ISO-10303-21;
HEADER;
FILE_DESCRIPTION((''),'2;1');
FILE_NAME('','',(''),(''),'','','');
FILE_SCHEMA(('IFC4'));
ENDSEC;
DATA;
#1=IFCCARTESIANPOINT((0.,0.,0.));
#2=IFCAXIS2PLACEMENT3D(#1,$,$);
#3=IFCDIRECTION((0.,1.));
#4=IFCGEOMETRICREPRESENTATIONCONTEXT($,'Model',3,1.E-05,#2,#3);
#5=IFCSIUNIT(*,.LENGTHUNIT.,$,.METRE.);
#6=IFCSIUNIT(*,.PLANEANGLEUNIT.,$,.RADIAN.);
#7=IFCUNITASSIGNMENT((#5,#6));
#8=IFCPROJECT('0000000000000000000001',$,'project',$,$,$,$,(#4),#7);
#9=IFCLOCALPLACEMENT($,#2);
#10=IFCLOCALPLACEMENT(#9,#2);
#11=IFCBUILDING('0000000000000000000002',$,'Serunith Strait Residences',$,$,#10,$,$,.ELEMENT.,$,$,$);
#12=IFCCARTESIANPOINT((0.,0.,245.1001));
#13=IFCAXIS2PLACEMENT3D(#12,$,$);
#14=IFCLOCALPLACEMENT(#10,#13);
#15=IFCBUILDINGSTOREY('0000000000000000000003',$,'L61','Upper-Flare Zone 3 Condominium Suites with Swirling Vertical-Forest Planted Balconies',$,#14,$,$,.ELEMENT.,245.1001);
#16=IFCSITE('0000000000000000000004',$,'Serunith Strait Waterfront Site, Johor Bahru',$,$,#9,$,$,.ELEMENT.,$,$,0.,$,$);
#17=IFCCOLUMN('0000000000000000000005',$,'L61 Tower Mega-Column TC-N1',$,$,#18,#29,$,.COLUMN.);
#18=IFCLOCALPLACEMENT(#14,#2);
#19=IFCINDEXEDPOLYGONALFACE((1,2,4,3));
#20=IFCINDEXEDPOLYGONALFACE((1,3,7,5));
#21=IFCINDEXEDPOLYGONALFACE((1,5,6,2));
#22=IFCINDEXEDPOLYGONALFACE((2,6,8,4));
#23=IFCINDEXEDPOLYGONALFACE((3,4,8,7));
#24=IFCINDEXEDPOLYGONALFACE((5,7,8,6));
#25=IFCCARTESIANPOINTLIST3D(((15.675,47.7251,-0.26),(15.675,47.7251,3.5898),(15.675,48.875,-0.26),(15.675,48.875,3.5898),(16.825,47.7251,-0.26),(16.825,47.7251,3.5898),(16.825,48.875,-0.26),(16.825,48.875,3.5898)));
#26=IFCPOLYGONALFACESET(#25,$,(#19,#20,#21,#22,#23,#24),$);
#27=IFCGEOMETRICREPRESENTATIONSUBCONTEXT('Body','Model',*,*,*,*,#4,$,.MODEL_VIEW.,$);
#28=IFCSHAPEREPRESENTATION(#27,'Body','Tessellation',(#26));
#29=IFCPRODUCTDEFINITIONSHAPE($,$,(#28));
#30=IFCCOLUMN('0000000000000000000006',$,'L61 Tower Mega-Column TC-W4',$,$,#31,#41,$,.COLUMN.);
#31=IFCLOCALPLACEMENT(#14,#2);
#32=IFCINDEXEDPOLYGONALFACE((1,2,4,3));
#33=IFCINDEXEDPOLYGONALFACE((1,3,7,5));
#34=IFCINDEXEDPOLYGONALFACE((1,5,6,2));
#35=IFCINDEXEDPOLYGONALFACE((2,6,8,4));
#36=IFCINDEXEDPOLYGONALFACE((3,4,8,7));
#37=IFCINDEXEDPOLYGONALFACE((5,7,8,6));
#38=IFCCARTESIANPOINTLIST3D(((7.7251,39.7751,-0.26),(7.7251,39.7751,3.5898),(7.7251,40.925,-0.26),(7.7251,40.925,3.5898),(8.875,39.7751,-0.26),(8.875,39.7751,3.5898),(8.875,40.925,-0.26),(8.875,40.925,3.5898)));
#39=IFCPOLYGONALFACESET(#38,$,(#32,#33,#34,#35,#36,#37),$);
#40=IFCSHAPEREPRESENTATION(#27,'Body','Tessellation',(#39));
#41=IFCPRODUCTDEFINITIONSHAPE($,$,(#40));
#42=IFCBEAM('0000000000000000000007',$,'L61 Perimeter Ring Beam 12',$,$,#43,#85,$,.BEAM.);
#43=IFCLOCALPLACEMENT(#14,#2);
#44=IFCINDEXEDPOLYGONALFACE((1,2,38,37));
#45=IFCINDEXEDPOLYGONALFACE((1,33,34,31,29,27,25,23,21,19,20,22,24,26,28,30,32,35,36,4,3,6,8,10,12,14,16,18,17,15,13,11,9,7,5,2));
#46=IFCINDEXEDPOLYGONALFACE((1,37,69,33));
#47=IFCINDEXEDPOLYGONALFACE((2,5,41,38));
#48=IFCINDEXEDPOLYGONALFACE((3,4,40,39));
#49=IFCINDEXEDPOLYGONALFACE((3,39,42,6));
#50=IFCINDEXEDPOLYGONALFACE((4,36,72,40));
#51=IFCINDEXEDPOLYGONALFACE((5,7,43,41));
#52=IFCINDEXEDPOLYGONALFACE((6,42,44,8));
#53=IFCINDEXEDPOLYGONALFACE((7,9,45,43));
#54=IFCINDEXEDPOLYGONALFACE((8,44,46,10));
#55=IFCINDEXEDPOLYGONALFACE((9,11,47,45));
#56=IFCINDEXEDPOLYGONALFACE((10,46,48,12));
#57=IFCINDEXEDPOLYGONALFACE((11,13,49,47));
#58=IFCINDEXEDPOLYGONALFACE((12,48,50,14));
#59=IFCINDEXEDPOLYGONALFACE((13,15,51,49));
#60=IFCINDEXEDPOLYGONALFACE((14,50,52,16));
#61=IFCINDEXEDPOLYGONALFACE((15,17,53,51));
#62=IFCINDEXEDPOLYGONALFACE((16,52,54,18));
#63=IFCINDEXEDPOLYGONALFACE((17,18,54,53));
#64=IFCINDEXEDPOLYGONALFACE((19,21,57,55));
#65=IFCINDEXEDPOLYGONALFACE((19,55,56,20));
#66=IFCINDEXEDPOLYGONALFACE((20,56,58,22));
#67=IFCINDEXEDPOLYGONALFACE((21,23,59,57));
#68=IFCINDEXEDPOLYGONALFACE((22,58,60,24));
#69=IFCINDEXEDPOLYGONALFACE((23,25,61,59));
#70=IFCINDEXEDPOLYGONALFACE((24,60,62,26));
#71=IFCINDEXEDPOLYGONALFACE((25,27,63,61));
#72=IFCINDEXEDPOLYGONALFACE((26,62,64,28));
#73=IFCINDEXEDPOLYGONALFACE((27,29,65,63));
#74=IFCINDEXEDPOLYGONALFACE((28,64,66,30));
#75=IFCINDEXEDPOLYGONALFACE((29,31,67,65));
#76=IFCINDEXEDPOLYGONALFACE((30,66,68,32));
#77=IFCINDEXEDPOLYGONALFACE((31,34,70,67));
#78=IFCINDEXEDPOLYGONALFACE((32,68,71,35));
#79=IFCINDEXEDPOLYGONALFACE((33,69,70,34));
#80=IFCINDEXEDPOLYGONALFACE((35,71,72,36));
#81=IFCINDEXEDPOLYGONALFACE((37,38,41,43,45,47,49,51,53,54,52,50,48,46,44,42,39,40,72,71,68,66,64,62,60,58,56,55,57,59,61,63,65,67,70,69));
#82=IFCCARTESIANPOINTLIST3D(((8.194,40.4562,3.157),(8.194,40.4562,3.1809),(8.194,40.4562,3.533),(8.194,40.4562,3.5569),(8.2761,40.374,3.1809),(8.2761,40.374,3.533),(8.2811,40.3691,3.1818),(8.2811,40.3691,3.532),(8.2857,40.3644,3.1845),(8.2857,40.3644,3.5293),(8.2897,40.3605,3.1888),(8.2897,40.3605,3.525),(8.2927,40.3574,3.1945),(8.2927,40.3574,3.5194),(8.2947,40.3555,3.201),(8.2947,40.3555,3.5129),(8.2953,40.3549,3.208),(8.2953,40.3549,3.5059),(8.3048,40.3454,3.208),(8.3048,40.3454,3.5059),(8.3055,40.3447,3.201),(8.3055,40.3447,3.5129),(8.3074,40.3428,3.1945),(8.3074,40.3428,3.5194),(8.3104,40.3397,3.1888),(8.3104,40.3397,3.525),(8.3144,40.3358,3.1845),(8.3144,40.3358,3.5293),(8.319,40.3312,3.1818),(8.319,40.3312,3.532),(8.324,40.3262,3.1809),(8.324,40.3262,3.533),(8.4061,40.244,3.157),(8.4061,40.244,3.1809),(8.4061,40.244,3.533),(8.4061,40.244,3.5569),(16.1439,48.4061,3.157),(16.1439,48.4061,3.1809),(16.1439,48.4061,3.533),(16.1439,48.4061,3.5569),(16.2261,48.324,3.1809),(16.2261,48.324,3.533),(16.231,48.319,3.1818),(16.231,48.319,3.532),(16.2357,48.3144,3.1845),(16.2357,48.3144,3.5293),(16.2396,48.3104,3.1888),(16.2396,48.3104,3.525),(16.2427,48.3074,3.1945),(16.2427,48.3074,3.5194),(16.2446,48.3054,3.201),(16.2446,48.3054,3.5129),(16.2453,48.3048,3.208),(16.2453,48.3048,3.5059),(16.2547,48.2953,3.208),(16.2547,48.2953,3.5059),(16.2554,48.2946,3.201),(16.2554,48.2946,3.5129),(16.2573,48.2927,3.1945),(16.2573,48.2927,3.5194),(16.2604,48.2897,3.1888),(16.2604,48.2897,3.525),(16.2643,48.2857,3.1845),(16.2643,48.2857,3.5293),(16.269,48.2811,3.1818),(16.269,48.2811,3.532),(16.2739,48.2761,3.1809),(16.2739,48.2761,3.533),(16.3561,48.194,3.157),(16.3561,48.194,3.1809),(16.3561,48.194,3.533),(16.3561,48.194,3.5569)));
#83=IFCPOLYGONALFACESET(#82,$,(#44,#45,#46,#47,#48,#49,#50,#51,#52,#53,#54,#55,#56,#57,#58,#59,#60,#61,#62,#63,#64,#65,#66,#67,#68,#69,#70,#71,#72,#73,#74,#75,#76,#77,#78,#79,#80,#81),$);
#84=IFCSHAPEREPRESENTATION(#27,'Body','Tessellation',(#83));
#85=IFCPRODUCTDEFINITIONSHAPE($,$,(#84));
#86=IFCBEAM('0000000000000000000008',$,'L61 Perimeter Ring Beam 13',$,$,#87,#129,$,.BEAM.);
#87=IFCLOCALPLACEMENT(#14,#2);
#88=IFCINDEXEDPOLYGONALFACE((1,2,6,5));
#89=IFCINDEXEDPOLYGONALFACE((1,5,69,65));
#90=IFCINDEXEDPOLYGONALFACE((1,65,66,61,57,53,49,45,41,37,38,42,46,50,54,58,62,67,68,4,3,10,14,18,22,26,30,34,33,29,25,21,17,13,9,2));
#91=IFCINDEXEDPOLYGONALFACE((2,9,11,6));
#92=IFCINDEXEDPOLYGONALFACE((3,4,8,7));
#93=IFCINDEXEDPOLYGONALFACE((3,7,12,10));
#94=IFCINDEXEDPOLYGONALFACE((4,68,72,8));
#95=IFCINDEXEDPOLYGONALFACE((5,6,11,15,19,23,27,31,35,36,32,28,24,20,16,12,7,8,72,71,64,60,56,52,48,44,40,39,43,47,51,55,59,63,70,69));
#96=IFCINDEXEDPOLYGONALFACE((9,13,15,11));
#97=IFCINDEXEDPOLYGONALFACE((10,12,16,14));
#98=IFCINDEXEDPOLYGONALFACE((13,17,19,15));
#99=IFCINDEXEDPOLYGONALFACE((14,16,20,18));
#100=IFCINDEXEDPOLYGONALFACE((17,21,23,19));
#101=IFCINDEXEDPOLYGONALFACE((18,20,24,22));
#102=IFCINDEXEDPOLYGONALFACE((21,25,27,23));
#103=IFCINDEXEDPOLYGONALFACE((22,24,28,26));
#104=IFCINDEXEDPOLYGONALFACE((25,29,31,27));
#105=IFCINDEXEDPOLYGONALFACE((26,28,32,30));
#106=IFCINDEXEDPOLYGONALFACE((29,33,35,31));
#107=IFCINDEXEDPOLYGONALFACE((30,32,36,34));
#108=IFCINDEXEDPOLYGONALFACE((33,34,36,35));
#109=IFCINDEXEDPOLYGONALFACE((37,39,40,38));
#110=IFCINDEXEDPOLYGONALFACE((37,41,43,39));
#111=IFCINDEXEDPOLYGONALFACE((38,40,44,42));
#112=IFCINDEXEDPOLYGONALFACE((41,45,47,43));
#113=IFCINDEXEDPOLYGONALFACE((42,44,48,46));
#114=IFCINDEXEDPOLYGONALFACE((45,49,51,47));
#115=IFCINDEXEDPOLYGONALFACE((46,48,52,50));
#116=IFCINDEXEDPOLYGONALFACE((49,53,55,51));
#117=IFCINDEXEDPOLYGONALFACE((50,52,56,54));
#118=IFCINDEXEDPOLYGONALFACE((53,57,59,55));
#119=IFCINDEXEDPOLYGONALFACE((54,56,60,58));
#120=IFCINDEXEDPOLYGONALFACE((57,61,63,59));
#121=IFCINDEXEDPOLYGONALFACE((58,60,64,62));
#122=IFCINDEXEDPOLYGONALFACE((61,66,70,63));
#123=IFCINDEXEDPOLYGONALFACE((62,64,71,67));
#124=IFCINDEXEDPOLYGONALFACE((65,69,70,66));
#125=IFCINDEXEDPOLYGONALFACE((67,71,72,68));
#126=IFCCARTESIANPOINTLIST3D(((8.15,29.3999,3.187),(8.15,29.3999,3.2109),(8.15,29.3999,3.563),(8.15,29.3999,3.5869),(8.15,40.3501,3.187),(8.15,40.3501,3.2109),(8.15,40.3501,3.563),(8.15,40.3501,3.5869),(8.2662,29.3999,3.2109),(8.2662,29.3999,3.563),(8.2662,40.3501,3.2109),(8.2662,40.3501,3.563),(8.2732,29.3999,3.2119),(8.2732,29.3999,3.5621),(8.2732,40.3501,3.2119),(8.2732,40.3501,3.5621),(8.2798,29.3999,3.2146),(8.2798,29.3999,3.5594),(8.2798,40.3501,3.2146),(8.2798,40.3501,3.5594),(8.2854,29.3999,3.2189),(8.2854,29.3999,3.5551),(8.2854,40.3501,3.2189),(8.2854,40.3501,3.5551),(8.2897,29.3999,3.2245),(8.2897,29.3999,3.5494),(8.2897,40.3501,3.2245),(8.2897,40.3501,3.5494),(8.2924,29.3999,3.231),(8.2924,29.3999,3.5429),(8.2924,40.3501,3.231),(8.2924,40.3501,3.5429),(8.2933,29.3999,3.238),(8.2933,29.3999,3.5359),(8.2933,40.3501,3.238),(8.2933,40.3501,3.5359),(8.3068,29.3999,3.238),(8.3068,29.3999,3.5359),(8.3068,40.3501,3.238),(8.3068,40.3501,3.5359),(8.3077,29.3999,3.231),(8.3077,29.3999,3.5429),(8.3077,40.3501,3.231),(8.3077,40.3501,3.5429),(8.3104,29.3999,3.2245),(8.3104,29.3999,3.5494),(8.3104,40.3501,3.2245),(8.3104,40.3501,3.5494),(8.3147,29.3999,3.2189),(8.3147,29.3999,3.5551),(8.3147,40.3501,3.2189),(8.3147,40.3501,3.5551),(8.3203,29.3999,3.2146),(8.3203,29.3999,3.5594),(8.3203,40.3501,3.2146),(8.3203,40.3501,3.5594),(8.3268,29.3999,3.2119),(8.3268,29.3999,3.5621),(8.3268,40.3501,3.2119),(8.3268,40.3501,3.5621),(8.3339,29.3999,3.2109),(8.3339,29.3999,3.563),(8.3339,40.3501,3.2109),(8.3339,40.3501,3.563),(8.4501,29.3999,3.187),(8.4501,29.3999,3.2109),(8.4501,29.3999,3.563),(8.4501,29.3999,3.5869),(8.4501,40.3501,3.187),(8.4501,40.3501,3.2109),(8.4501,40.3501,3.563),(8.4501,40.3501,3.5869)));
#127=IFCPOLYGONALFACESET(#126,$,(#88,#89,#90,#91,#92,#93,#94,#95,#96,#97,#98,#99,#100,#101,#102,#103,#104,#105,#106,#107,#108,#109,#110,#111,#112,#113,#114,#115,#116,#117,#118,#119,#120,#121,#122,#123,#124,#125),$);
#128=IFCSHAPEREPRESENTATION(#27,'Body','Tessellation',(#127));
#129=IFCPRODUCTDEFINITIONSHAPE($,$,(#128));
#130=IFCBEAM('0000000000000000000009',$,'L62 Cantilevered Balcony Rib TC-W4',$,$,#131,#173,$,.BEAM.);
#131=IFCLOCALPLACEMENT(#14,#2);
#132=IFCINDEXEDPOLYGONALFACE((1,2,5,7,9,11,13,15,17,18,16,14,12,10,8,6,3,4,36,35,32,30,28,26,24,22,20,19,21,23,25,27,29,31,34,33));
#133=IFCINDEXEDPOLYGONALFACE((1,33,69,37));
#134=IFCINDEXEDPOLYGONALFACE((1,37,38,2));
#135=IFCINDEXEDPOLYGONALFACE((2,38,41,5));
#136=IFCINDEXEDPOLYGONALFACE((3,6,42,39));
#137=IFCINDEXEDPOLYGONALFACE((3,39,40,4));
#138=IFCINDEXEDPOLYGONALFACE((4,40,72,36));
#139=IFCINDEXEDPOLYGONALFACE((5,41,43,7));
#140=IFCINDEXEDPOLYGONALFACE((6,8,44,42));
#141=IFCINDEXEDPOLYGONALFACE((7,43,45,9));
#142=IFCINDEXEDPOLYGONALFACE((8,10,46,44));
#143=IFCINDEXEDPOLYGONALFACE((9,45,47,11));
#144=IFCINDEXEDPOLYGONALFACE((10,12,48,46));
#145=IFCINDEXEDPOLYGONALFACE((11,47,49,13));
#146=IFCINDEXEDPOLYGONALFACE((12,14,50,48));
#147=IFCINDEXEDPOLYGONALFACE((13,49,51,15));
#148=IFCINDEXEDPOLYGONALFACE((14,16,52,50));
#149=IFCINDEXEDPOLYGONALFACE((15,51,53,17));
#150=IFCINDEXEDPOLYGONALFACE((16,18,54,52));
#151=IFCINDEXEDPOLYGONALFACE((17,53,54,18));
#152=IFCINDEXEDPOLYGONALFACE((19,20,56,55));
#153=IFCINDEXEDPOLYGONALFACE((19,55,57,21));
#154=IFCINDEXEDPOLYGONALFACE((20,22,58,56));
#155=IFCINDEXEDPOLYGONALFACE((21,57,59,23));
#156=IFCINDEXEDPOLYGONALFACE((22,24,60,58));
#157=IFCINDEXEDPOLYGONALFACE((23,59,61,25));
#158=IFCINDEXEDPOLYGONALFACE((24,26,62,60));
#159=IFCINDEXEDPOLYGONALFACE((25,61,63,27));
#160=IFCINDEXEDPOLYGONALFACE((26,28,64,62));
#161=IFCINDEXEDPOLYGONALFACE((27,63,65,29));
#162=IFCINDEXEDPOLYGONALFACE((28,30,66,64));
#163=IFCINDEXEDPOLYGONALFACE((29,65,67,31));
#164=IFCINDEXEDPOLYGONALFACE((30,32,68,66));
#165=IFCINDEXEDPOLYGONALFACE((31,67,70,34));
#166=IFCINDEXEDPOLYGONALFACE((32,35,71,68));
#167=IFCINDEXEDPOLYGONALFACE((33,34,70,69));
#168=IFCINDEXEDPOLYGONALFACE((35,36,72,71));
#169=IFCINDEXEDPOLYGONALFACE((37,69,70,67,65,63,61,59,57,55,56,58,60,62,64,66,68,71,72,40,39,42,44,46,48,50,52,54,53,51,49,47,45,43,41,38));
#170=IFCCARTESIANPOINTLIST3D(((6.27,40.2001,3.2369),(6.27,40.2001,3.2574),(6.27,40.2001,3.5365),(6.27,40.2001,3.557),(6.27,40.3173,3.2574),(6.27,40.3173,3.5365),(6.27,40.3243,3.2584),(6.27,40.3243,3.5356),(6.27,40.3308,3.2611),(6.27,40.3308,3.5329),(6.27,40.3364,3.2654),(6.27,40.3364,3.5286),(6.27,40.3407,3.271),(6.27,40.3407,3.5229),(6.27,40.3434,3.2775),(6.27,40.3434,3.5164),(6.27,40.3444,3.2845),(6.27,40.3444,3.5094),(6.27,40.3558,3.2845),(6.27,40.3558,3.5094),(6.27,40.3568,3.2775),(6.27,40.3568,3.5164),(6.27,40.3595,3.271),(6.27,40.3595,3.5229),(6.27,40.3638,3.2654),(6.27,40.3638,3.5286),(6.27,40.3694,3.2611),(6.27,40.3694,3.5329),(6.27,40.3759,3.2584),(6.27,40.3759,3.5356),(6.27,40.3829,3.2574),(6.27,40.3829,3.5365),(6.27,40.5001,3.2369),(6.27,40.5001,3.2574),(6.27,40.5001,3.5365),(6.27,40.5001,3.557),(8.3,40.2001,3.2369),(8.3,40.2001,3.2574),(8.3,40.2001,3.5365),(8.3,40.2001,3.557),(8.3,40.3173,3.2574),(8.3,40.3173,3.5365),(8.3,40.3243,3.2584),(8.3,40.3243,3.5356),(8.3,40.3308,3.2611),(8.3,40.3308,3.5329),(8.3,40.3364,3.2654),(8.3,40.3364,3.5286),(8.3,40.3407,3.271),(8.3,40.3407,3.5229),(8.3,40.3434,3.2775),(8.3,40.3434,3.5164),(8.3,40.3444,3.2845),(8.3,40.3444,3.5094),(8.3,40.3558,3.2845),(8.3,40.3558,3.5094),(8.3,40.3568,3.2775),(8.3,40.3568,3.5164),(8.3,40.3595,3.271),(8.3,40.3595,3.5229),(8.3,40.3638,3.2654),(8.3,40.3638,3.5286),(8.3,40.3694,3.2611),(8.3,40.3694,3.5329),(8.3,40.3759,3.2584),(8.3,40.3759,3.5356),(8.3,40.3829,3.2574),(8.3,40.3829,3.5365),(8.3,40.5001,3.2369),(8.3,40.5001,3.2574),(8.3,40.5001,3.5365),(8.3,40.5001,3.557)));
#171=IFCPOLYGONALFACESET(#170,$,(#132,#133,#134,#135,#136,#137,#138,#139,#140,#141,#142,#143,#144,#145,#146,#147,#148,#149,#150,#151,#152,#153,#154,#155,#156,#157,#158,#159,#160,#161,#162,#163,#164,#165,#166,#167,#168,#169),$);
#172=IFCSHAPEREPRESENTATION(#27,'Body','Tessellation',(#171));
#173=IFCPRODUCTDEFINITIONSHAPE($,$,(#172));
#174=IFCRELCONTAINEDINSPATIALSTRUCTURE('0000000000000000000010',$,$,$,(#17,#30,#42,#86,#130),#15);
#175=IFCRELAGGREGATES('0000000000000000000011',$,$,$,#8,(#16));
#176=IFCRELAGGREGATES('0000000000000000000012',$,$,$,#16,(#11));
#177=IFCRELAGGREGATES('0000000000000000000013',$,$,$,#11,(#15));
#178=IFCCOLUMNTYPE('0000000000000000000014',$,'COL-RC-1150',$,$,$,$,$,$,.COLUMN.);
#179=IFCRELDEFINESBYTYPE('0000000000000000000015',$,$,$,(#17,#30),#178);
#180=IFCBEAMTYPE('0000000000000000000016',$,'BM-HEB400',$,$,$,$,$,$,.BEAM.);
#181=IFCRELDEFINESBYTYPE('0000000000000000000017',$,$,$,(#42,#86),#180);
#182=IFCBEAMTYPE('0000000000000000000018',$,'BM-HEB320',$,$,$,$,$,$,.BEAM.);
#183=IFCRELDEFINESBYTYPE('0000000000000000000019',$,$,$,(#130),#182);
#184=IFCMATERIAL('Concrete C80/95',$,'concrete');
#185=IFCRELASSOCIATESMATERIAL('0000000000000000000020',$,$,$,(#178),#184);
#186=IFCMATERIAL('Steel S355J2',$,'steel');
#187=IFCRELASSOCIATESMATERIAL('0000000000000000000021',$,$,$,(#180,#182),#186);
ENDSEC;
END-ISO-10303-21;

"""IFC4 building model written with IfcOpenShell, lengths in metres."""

from ifc_helpers import new_model, si_unit, direction, frame, origin, origin_2d, place, context, subcontext, project, spatial, rectangle, i_section, extrude, source, transform, mapped, material, material_profile, profile_set, type_object, element, save


model = new_model("IFC4")

# Units and contexts
model_context = context("Model", 3, precision=1e-05, world=origin(), true_north=direction((0.0, 1.0)))
body_context = subcontext(model_context, "Body", "Model", "MODEL_VIEW")
ifc_project = project(units=[si_unit("LENGTHUNIT", "METRE"), si_unit("PLANEANGLEUNIT", "RADIAN")], contexts=[model_context])

# Site, building, storey
site_placement = place(None, origin())
site = spatial("IfcSite", under=ifc_project, at=site_placement, Name="Serunith Strait Waterfront Site, Johor Bahru", CompositionType="ELEMENT", RefElevation=0.0)
building_placement = place(site_placement, origin())
building = spatial("IfcBuilding", under=site, at=building_placement, Name="Serunith Strait Residences", CompositionType="ELEMENT")
storey_placement = place(building_placement, frame((0.0, 0.0, 245.1001)))
storey = spatial("IfcBuildingStorey", under=building, at=storey_placement, Name="L61", Description="Upper-Flare Zone 3 Condominium Suites with Swirling Vertical-Forest Planted Balconies", CompositionType="ELEMENT", Elevation=245.1001)

# Columns
ifc_material_1 = material(Name="Concrete C80/95", Category="concrete")
ifc_material_profile_1 = material_profile(ifc_material_1, rectangle(XDim=1.1499, YDim=1.1499, at=origin_2d()), Name="RC 1150x1150")
ifc_profile_set_1 = profile_set([ifc_material_profile_1], Name="Concrete C80/95")
column_type = type_object("IfcColumnType", Name="COL-RC-1150", PredefinedType="COLUMN", material=ifc_profile_set_1)
shared_shape_1 = source(origin(), body_context, "Body", "SweptSolid", [
    extrude(rectangle(XDim=1.1499, YDim=1.1499, at=origin_2d()), origin(), (0.0, 0.0, 1.0), 3.8499),
])
for number, where, z_axis, x_axis, name in (
    (1, (16.25, 48.3, -0.26), (0.0, 0.0, 1.0), (1.0, 0.0, 0.0), "L61 Tower Mega-Column TC-N1"),
    (2, (8.3, 40.3501, -0.26), (0.0, 0.0, 1.0), (1.0, 0.0, 0.0), "L61 Tower Mega-Column TC-W4"),
):
    element("IfcColumn", number, at=place(storey_placement, frame(where, z_axis=z_axis, x_axis=x_axis)), inside=storey, type_object=column_type, Name=name, PredefinedType="COLUMN", context=body_context, shape_type="MappedRepresentation", body=[
        mapped(shared_shape_1, transform((0.0, 0.0, 0.0), scale=1.0)),
    ])

# Beams
ifc_material_2 = material(Name="Steel S355J2", Category="steel")
ifc_material_profile_2 = material_profile(ifc_material_2, i_section(OverallWidth=0.3, OverallDepth=0.3999, WebThickness=0.0134, FlangeThickness=0.0239, FilletRadius=0.0271, at=origin_2d()), Name="HEB 400")
ifc_profile_set_2 = profile_set([ifc_material_profile_2], Name="Steel S355J2")
beam_type_1 = type_object("IfcBeamType", Name="BM-HEB400", PredefinedType="BEAM", material=ifc_profile_set_2)
shared_shape_2 = source(origin(), body_context, "Body", "SweptSolid", [
    extrude(i_section(OverallWidth=0.3, OverallDepth=0.3999, WebThickness=0.0134, FlangeThickness=0.0239, FilletRadius=0.0271, at=origin_2d()), origin(), (0.0, 0.0, 1.0), 11.2429),
])
beam_1_placement = place(storey_placement, frame((16.25, 48.3, 3.3569), z_axis=(-0.707107, -0.707107, 0.0), x_axis=(0.707107, -0.707107, 0.0)))
element("IfcBeam", 3, at=beam_1_placement, inside=storey, type_object=beam_type_1, Name="L61 Perimeter Ring Beam 12", PredefinedType="BEAM", context=body_context, shape_type="MappedRepresentation", body=[
    mapped(shared_shape_2, transform((0.0, 0.0, 0.0), scale=1.0)),
])
shared_shape_3 = source(origin(), body_context, "Body", "SweptSolid", [
    extrude(i_section(OverallWidth=0.3, OverallDepth=0.3999, WebThickness=0.0134, FlangeThickness=0.0239, FilletRadius=0.0271, at=origin_2d()), origin(), (0.0, 0.0, 1.0), 10.9502),
])
beam_2_placement = place(storey_placement, frame((8.3, 40.3501, 3.387), z_axis=(0.0, -1.0, 0.0), x_axis=(1.0, 0.0, 0.0)))
element("IfcBeam", 4, at=beam_2_placement, inside=storey, type_object=beam_type_1, Name="L61 Perimeter Ring Beam 13", PredefinedType="BEAM", context=body_context, shape_type="MappedRepresentation", body=[
    mapped(shared_shape_3, transform((0.0, 0.0, 0.0), scale=1.0)),
])
ifc_material_profile_3 = material_profile(ifc_material_2, i_section(OverallWidth=0.3, OverallDepth=0.3201, WebThickness=0.0115, FlangeThickness=0.0205, FilletRadius=0.0271, at=origin_2d()), Name="HEB 320")
ifc_profile_set_3 = profile_set([ifc_material_profile_3], Name="Steel S355J2")
beam_type_2 = type_object("IfcBeamType", Name="BM-HEB320", PredefinedType="BEAM", material=ifc_profile_set_3)
shared_shape_4 = source(origin(), body_context, "Body", "SweptSolid", [
    extrude(i_section(OverallWidth=0.3, OverallDepth=0.3201, WebThickness=0.0115, FlangeThickness=0.0205, FilletRadius=0.0271, at=origin_2d()), origin(), (0.0, 0.0, 1.0), 2.03),
])
beam_3_placement = place(storey_placement, frame((8.3, 40.3501, 3.397), z_axis=(-1.0, 0.0, 0.0), x_axis=(0.0, -1.0, 0.0)))
element("IfcBeam", 5, at=beam_3_placement, inside=storey, type_object=beam_type_2, Name="L62 Cantilevered Balcony Rib TC-W4", PredefinedType="BEAM", context=body_context, shape_type="MappedRepresentation", body=[
    mapped(shared_shape_4, transform((0.0, 0.0, 0.0), scale=1.0)),
])

save(model, "model.ifc")
